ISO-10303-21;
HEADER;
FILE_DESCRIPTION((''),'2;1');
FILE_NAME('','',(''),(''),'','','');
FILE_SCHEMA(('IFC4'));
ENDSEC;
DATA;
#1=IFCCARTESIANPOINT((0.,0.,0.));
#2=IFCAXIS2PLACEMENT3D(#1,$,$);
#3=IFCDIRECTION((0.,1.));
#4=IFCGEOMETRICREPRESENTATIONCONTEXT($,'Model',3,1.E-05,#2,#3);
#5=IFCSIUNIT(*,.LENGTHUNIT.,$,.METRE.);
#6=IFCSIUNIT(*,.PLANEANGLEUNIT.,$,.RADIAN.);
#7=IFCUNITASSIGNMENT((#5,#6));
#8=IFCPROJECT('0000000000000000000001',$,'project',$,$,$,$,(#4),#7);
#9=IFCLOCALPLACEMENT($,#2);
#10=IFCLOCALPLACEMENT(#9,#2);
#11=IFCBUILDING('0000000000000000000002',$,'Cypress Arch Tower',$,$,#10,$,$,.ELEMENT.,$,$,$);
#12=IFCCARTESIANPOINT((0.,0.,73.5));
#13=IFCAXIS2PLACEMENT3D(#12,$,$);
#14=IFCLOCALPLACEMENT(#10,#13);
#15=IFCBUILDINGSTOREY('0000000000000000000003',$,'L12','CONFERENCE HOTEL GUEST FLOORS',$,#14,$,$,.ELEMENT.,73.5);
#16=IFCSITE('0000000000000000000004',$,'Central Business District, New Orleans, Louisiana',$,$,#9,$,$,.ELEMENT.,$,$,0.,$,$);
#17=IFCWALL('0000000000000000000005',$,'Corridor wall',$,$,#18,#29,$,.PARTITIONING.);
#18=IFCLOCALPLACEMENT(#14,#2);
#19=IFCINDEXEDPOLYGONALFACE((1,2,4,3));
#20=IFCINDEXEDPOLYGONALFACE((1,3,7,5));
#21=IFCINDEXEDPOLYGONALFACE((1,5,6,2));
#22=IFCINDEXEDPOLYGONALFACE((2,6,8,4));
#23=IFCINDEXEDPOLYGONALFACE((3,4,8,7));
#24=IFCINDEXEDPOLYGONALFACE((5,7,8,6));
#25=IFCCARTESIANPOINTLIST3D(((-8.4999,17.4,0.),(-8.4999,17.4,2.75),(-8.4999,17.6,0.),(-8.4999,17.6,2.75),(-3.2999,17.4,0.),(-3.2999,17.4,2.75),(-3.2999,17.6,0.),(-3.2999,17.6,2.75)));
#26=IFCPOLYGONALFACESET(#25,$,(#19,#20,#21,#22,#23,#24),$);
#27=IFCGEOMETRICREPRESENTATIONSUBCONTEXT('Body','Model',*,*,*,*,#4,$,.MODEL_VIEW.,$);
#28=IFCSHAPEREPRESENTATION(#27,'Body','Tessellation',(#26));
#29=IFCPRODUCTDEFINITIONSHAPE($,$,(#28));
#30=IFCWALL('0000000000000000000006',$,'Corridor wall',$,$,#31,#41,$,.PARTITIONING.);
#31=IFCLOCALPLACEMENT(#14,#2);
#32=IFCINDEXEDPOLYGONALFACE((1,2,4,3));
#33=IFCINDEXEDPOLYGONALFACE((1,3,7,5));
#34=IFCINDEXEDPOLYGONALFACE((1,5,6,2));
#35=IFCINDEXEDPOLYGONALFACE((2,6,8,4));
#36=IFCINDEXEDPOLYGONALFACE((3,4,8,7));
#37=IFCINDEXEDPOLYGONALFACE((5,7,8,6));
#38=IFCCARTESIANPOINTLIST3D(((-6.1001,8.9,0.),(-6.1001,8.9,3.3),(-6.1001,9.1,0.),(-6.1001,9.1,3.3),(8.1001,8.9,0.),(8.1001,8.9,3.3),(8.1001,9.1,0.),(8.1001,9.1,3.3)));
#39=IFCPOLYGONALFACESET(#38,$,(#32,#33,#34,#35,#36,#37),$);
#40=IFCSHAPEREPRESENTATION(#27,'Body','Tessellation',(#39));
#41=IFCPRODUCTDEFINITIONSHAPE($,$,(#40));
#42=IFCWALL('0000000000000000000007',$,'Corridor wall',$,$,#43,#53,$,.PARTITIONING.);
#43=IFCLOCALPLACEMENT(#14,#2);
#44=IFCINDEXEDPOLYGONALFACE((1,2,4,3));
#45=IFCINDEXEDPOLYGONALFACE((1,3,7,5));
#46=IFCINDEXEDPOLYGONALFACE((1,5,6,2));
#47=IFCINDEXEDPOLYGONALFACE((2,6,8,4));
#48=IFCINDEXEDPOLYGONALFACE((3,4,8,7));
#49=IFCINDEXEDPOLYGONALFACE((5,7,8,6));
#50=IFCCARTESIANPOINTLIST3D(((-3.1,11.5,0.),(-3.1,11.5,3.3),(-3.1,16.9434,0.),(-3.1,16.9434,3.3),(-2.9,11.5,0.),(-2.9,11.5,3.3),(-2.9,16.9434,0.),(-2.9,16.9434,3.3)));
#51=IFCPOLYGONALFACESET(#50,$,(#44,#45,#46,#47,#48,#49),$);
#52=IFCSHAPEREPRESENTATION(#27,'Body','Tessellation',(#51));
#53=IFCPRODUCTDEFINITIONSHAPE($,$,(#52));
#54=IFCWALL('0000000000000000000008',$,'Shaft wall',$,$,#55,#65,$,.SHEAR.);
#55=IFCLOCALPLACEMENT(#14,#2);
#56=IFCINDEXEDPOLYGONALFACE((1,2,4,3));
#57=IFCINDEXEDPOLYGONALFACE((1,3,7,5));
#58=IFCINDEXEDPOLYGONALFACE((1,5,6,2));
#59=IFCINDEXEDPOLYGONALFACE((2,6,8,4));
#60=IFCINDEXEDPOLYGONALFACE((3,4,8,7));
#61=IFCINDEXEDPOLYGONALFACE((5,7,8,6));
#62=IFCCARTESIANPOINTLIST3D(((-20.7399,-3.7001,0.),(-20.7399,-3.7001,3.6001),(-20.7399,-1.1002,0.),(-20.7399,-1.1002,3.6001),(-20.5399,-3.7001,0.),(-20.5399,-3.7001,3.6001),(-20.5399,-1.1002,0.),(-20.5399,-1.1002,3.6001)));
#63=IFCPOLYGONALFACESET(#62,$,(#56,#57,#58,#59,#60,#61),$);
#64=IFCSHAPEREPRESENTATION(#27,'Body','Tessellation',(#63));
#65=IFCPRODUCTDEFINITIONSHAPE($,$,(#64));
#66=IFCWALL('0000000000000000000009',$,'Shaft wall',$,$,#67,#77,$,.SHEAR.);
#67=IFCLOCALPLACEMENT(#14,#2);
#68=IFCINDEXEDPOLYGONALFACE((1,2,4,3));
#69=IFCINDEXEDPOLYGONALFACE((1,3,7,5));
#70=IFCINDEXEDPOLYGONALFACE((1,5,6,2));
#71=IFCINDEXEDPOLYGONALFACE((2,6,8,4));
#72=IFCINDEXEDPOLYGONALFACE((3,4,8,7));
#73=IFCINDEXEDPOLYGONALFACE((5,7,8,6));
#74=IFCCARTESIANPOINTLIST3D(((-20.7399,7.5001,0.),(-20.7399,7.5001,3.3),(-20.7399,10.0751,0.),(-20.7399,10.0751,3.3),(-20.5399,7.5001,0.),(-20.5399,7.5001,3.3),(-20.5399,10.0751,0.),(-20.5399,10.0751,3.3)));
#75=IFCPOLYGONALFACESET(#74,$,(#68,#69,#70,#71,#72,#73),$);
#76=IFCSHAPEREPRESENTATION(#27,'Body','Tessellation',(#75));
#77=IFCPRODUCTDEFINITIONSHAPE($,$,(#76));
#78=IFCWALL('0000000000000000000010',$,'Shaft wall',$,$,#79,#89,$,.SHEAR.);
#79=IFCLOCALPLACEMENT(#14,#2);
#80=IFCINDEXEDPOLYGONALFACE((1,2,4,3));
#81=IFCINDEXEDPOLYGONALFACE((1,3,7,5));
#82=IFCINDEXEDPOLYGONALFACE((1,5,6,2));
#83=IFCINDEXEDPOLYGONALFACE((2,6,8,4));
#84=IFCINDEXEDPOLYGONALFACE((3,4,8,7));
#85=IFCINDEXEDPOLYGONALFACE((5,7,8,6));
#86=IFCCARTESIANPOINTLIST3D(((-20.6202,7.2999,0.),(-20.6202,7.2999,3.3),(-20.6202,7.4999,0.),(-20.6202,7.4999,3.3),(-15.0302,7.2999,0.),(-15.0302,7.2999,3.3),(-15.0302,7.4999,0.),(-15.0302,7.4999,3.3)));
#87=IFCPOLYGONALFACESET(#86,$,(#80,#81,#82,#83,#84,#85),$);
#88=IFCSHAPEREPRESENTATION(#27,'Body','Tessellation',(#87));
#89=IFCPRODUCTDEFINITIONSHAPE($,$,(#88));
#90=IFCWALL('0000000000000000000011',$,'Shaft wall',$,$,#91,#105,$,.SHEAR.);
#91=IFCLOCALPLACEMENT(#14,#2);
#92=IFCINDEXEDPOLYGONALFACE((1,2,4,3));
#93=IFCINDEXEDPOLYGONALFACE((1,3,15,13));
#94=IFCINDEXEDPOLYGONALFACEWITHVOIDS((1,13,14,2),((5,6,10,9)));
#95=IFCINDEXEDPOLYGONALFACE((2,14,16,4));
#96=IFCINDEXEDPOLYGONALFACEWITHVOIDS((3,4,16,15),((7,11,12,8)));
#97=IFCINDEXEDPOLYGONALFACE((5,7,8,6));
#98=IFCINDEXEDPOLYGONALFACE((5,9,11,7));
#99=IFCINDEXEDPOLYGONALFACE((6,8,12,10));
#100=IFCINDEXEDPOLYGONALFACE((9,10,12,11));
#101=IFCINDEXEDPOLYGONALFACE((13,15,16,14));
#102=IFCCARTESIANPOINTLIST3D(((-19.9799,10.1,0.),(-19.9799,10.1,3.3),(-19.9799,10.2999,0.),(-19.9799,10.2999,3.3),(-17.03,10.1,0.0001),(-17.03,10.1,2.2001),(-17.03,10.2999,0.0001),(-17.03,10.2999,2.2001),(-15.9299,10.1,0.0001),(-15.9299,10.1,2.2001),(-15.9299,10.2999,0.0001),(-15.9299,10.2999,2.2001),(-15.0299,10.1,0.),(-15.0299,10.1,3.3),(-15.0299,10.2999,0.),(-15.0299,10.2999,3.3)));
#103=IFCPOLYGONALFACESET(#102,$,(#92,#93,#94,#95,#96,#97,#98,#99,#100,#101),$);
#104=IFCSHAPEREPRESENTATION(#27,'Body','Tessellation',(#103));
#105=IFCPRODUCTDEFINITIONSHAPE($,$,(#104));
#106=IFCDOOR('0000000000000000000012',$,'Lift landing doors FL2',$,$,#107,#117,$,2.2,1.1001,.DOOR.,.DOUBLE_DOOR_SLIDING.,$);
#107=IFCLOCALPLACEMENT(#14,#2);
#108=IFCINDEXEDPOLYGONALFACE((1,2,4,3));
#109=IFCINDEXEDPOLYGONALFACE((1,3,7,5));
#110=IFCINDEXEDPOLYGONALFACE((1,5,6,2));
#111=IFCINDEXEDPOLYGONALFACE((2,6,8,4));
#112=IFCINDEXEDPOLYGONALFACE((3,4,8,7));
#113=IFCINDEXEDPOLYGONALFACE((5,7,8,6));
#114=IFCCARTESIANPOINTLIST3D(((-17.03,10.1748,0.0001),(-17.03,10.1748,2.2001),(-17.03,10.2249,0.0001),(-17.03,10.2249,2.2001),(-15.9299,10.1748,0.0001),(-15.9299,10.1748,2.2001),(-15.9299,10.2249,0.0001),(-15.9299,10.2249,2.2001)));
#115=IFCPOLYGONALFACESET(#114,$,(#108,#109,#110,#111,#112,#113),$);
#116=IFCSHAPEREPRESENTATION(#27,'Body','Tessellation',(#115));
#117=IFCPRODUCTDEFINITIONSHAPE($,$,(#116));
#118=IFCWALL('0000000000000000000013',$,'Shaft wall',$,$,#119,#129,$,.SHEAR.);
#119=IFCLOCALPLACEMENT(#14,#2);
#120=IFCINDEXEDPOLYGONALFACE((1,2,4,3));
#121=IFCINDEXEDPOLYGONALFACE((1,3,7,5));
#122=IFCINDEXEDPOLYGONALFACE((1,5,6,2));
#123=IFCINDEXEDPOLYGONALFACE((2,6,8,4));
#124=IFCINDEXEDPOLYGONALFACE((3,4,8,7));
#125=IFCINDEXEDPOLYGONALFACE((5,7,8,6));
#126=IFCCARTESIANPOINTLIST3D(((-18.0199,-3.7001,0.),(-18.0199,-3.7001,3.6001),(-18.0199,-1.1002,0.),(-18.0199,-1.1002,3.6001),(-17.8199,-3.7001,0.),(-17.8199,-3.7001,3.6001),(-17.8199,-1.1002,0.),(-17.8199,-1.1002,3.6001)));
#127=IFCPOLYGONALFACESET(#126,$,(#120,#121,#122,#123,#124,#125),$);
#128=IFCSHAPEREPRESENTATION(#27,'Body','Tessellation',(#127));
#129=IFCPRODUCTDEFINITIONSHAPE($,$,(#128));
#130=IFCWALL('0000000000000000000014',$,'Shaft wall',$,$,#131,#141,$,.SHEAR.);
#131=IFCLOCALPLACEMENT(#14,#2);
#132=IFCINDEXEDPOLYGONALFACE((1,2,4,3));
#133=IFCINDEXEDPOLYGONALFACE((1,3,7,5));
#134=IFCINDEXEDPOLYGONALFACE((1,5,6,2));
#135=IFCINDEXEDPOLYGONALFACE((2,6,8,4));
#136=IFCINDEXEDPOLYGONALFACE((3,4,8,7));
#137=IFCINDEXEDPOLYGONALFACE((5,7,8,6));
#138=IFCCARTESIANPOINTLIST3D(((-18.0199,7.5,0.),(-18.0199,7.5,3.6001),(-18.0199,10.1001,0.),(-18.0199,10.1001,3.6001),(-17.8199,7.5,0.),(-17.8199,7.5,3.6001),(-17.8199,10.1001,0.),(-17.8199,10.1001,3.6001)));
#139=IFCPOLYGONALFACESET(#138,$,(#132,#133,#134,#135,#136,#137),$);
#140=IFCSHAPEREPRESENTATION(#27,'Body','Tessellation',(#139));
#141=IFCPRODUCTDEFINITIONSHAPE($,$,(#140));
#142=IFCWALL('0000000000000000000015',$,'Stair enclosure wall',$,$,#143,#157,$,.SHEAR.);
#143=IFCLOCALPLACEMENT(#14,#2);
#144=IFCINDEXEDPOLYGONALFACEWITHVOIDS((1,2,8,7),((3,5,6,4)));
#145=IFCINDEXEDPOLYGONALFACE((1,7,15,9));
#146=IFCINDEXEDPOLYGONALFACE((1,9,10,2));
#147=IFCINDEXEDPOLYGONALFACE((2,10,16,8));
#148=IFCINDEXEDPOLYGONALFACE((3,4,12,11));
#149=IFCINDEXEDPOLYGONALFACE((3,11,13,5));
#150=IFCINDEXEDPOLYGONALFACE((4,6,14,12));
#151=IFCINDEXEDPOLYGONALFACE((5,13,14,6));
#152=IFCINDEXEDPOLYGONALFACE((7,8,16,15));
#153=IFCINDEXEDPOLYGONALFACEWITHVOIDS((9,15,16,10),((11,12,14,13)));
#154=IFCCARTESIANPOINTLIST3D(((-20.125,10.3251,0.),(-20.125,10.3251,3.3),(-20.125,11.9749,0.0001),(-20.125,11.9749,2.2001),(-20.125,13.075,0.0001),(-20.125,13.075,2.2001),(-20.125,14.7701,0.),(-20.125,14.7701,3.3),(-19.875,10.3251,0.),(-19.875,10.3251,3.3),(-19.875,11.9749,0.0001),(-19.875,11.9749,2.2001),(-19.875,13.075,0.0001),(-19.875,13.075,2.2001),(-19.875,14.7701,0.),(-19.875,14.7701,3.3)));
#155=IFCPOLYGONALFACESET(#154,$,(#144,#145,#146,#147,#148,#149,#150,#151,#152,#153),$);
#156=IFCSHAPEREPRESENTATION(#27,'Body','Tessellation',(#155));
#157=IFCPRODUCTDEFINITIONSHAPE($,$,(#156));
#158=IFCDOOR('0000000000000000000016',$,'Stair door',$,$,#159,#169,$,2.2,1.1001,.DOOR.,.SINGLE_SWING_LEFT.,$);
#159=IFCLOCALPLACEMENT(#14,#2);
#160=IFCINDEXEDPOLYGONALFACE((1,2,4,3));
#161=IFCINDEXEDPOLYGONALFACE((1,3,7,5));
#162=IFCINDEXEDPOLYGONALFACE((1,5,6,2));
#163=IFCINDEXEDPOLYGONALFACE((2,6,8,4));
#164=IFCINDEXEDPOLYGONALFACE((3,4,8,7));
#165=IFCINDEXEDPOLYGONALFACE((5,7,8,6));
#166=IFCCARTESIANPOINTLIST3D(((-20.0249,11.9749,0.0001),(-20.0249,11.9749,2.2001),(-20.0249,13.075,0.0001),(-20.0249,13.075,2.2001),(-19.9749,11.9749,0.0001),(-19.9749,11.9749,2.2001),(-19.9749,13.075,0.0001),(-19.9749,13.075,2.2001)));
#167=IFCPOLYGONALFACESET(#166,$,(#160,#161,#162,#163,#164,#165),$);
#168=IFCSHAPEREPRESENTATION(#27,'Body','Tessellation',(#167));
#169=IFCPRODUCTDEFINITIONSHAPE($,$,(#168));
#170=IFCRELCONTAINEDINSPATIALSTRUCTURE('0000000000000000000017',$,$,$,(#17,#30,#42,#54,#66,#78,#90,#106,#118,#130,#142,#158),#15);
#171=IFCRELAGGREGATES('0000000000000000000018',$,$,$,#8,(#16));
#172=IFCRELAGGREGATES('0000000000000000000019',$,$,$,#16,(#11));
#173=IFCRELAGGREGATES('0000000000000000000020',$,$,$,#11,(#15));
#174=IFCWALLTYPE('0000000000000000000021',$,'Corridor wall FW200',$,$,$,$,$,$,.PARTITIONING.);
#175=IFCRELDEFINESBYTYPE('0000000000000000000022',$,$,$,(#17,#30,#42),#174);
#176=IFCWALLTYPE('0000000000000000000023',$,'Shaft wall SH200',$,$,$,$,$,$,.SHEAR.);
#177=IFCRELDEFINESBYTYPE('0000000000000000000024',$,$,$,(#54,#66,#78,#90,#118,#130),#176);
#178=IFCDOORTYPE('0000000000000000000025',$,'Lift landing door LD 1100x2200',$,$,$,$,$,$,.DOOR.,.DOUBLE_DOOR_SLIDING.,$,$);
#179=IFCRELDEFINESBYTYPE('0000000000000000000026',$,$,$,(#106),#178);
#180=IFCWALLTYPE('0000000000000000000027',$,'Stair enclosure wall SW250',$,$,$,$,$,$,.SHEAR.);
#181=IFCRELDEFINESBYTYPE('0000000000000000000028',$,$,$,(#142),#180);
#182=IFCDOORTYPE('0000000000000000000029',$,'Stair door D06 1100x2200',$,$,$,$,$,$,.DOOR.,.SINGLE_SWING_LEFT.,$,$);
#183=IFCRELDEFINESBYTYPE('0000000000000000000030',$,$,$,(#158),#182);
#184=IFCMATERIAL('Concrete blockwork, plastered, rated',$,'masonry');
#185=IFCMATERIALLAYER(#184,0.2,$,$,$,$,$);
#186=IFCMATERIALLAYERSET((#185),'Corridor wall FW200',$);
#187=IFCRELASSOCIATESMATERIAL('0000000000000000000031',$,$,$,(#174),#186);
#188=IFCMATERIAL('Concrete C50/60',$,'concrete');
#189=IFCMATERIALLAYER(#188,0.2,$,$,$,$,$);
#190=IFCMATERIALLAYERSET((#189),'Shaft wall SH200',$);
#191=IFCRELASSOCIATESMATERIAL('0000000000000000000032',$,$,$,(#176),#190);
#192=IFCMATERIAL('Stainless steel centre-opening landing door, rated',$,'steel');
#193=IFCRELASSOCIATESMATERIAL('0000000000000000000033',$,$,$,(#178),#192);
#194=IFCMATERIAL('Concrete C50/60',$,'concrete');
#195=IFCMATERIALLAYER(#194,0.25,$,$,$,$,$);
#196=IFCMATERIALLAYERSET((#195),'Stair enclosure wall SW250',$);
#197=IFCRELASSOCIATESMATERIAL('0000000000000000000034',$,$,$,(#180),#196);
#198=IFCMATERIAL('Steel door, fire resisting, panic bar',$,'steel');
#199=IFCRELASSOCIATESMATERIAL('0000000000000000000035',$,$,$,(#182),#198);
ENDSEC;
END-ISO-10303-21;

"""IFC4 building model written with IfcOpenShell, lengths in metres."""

from ifc_helpers import new_model, si_unit, direction, frame, frame_2d, origin, place, context, subcontext, project, spatial, rectangle, extrude, material, layer, layer_set, type_object, element, fill, save


model = new_model("IFC4")

# Units and contexts
model_context = context("Model", 3, precision=1e-05, world=origin(), true_north=direction((0.0, 1.0)))
body_context = subcontext(model_context, "Body", "Model", "MODEL_VIEW")
ifc_project = project(units=[si_unit("LENGTHUNIT", "METRE"), si_unit("PLANEANGLEUNIT", "RADIAN")], contexts=[model_context])

# Site, building, storey
site_placement = place(None, origin())
site = spatial("IfcSite", under=ifc_project, at=site_placement, Name="Central Business District, New Orleans, Louisiana", CompositionType="ELEMENT", RefElevation=0.0)
building_placement = place(site_placement, origin())
building = spatial("IfcBuilding", under=site, at=building_placement, Name="Cypress Arch Tower", CompositionType="ELEMENT")
storey_placement = place(building_placement, frame((0.0, 0.0, 73.5)))
storey = spatial("IfcBuildingStorey", under=building, at=storey_placement, Name="L12", Description="CONFERENCE HOTEL GUEST FLOORS", CompositionType="ELEMENT", Elevation=73.5)

# Shared definitions
ifc_material_1 = material(Name="Concrete blockwork, plastered, rated", Category="masonry")
ifc_layer_1 = layer(ifc_material_1, 0.2)
ifc_layer_set_1 = layer_set([ifc_layer_1], Name="Corridor wall FW200")
wall_type_1 = type_object("IfcWallType", Name="Corridor wall FW200", PredefinedType="PARTITIONING", material=ifc_layer_set_1)

# Walls
wall_1_placement = place(storey_placement, frame((-8.5, 17.5, 0.0), z_axis=(0.0, 0.0, 1.0), x_axis=(1.0, 0.0, 0.0)))
element("IfcWall", 1, at=wall_1_placement, inside=storey, type_object=wall_type_1, Name="Corridor wall", PredefinedType="PARTITIONING", context=body_context, shape_type="SweptSolid", body=[
    extrude(rectangle(XDim=5.2, YDim=0.2, at=frame_2d((2.6001, 0.0))), origin(), (0.0, 0.0, 1.0), 2.75),
])
wall_2_placement = place(storey_placement, frame((-6.1001, 9.0, 0.0), z_axis=(0.0, 0.0, 1.0), x_axis=(1.0, 0.0, 0.0)))
element("IfcWall", 2, at=wall_2_placement, inside=storey, type_object=wall_type_1, Name="Corridor wall", PredefinedType="PARTITIONING", context=body_context, shape_type="SweptSolid", body=[
    extrude(rectangle(XDim=14.2002, YDim=0.2, at=frame_2d((7.1001, 0.0))), origin(), (0.0, 0.0, 1.0), 3.3),
])
wall_3_placement = place(storey_placement, frame((-3.0, 11.5, 0.0), z_axis=(0.0, 0.0, 1.0), x_axis=(0.0, 1.0, 0.0)))
element("IfcWall", 3, at=wall_3_placement, inside=storey, type_object=wall_type_1, Name="Corridor wall", PredefinedType="PARTITIONING", context=body_context, shape_type="SweptSolid", body=[
    extrude(rectangle(XDim=5.4434, YDim=0.2, at=frame_2d((2.7217, 0.0))), origin(), (0.0, 0.0, 1.0), 3.3),
])
ifc_material_2 = material(Name="Concrete C50/60", Category="concrete")
ifc_layer_2 = layer(ifc_material_2, 0.2)
ifc_layer_set_2 = layer_set([ifc_layer_2], Name="Shaft wall SH200")
wall_type_2 = type_object("IfcWallType", Name="Shaft wall SH200", PredefinedType="SHEAR", material=ifc_layer_set_2)
wall_4_placement = place(storey_placement, frame((-20.6399, -3.7, 0.0), z_axis=(0.0, 0.0, 1.0), x_axis=(0.0, 1.0, 0.0)))
element("IfcWall", 4, at=wall_4_placement, inside=storey, type_object=wall_type_2, Name="Shaft wall", PredefinedType="SHEAR", context=body_context, shape_type="SweptSolid", body=[
    extrude(rectangle(XDim=2.5999, YDim=0.2, at=frame_2d((1.2998, 0.0))), origin(), (0.0, 0.0, 1.0), 3.6001),
])
wall_5_placement = place(storey_placement, frame((-20.6399, 7.5, 0.0), z_axis=(0.0, 0.0, 1.0), x_axis=(0.0, 1.0, 0.0)))
element("IfcWall", 5, at=wall_5_placement, inside=storey, type_object=wall_type_2, Name="Shaft wall", PredefinedType="SHEAR", context=body_context, shape_type="SweptSolid", body=[
    extrude(rectangle(XDim=2.575, YDim=0.2, at=frame_2d((1.2876, 0.0))), origin(), (0.0, 0.0, 1.0), 3.3),
])
wall_6_placement = place(storey_placement, frame((-20.6201, 7.3999, 0.0), z_axis=(0.0, 0.0, 1.0), x_axis=(1.0, 0.0, 0.0)))
element("IfcWall", 6, at=wall_6_placement, inside=storey, type_object=wall_type_2, Name="Shaft wall", PredefinedType="SHEAR", context=body_context, shape_type="SweptSolid", body=[
    extrude(rectangle(XDim=5.5901, YDim=0.2, at=frame_2d((2.7949, 0.0))), origin(), (0.0, 0.0, 1.0), 3.3),
])

# Wall, opening, door
wall_7_placement = place(storey_placement, frame((-19.98, 10.2, 0.0), z_axis=(0.0, 0.0, 1.0), x_axis=(1.0, 0.0, 0.0)))
wall_7 = element("IfcWall", 7, at=wall_7_placement, inside=storey, type_object=wall_type_2, Name="Shaft wall", PredefinedType="SHEAR", context=body_context, shape_type="SweptSolid", body=[
    extrude(rectangle(XDim=4.95, YDim=0.2, at=frame_2d((2.4751, 0.0))), origin(), (0.0, 0.0, 1.0), 3.3),
])
opening_1_placement = place(wall_7_placement, frame((2.95, 0.0, 0.0)))
opening_1 = element("IfcOpeningElement", 8, at=opening_1_placement, cuts=wall_7, PredefinedType="OPENING", context=body_context, shape_type="SweptSolid", body=[
    extrude(rectangle(XDim=1.1001, YDim=2.2, at=frame_2d((0.55, 1.1001))), frame((0.0, 0.1099, 0.0), z_axis=(0.0, -1.0, 0.0), x_axis=(1.0, 0.0, 0.0)), (0.0, 0.0, 1.0), 0.22),
])
ifc_material_3 = material(Name="Stainless steel centre-opening landing door, rated", Category="steel")
door_type_1 = type_object("IfcDoorType", Name="Lift landing door LD 1100x2200", OperationType="DOUBLE_DOOR_SLIDING", PredefinedType="DOOR", material=ifc_material_3)
door_1_placement = place(opening_1_placement, origin())
door_1 = element("IfcDoor", 9, at=door_1_placement, inside=storey, type_object=door_type_1, Name="Lift landing doors FL2", OperationType="DOUBLE_DOOR_SLIDING", OverallHeight=2.2, OverallWidth=1.1001, PredefinedType="DOOR", context=body_context, shape_type="SweptSolid", body=[
    extrude(rectangle(XDim=1.1001, YDim=2.2, at=frame_2d((0.55, 1.1001))), frame((0.0, 0.0249, 0.0), z_axis=(0.0, -1.0, 0.0), x_axis=(1.0, 0.0, 0.0)), (0.0, 0.0, 1.0), 0.05),
])
fill(opening_1, door_1)

# Walls
wall_8_placement = place(storey_placement, frame((-17.9199, -3.7, 0.0), z_axis=(0.0, 0.0, 1.0), x_axis=(0.0, 1.0, 0.0)))
element("IfcWall", 10, at=wall_8_placement, inside=storey, type_object=wall_type_2, Name="Shaft wall", PredefinedType="SHEAR", context=body_context, shape_type="SweptSolid", body=[
    extrude(rectangle(XDim=2.5999, YDim=0.2, at=frame_2d((1.2998, 0.0))), origin(), (0.0, 0.0, 1.0), 3.6001),
])
wall_9_placement = place(storey_placement, frame((-17.9199, 7.5, 0.0), z_axis=(0.0, 0.0, 1.0), x_axis=(0.0, 1.0, 0.0)))
element("IfcWall", 11, at=wall_9_placement, inside=storey, type_object=wall_type_2, Name="Shaft wall", PredefinedType="SHEAR", context=body_context, shape_type="SweptSolid", body=[
    extrude(rectangle(XDim=2.6001, YDim=0.2, at=frame_2d((1.3, 0.0))), origin(), (0.0, 0.0, 1.0), 3.6001),
])

# Wall, opening, door
ifc_material_4 = material(Name="Concrete C50/60", Category="concrete")
ifc_layer_3 = layer(ifc_material_4, 0.25)
ifc_layer_set_3 = layer_set([ifc_layer_3], Name="Stair enclosure wall SW250")
wall_type_3 = type_object("IfcWallType", Name="Stair enclosure wall SW250", PredefinedType="SHEAR", material=ifc_layer_set_3)
wall_10_placement = place(storey_placement, frame((-20.0, 10.325, 0.0), z_axis=(0.0, 0.0, 1.0), x_axis=(0.0, 1.0, 0.0)))
wall_10 = element("IfcWall", 12, at=wall_10_placement, inside=storey, type_object=wall_type_3, Name="Stair enclosure wall", PredefinedType="SHEAR", context=body_context, shape_type="SweptSolid", body=[
    extrude(rectangle(XDim=4.4451, YDim=0.25, at=frame_2d((2.2227, 0.0))), origin(), (0.0, 0.0, 1.0), 3.3),
])
opening_2_placement = place(wall_10_placement, frame((1.6499, 0.0, 0.0)))
opening_2 = element("IfcOpeningElement", 13, at=opening_2_placement, cuts=wall_10, PredefinedType="OPENING", context=body_context, shape_type="SweptSolid", body=[
    extrude(rectangle(XDim=1.1001, YDim=2.2, at=frame_2d((0.55, 1.1001))), frame((0.0, 0.135, 0.0), z_axis=(0.0, -1.0, 0.0), x_axis=(1.0, 0.0, 0.0)), (0.0, 0.0, 1.0), 0.27),
])
ifc_material_5 = material(Name="Steel door, fire resisting, panic bar", Category="steel")
door_type_2 = type_object("IfcDoorType", Name="Stair door D06 1100x2200", OperationType="SINGLE_SWING_LEFT", PredefinedType="DOOR", material=ifc_material_5)
door_2_placement = place(opening_2_placement, origin())
door_2 = element("IfcDoor", 14, at=door_2_placement, inside=storey, type_object=door_type_2, Name="Stair door", OperationType="SINGLE_SWING_LEFT", OverallHeight=2.2, OverallWidth=1.1001, PredefinedType="DOOR", context=body_context, shape_type="SweptSolid", body=[
    extrude(rectangle(XDim=1.1001, YDim=2.2, at=frame_2d((0.55, 1.1001))), frame((0.0, 0.0249, 0.0), z_axis=(0.0, -1.0, 0.0), x_axis=(1.0, 0.0, 0.0)), (0.0, 0.0, 1.0), 0.05),
])
fill(opening_2, door_2)

save(model, "model.ifc")
